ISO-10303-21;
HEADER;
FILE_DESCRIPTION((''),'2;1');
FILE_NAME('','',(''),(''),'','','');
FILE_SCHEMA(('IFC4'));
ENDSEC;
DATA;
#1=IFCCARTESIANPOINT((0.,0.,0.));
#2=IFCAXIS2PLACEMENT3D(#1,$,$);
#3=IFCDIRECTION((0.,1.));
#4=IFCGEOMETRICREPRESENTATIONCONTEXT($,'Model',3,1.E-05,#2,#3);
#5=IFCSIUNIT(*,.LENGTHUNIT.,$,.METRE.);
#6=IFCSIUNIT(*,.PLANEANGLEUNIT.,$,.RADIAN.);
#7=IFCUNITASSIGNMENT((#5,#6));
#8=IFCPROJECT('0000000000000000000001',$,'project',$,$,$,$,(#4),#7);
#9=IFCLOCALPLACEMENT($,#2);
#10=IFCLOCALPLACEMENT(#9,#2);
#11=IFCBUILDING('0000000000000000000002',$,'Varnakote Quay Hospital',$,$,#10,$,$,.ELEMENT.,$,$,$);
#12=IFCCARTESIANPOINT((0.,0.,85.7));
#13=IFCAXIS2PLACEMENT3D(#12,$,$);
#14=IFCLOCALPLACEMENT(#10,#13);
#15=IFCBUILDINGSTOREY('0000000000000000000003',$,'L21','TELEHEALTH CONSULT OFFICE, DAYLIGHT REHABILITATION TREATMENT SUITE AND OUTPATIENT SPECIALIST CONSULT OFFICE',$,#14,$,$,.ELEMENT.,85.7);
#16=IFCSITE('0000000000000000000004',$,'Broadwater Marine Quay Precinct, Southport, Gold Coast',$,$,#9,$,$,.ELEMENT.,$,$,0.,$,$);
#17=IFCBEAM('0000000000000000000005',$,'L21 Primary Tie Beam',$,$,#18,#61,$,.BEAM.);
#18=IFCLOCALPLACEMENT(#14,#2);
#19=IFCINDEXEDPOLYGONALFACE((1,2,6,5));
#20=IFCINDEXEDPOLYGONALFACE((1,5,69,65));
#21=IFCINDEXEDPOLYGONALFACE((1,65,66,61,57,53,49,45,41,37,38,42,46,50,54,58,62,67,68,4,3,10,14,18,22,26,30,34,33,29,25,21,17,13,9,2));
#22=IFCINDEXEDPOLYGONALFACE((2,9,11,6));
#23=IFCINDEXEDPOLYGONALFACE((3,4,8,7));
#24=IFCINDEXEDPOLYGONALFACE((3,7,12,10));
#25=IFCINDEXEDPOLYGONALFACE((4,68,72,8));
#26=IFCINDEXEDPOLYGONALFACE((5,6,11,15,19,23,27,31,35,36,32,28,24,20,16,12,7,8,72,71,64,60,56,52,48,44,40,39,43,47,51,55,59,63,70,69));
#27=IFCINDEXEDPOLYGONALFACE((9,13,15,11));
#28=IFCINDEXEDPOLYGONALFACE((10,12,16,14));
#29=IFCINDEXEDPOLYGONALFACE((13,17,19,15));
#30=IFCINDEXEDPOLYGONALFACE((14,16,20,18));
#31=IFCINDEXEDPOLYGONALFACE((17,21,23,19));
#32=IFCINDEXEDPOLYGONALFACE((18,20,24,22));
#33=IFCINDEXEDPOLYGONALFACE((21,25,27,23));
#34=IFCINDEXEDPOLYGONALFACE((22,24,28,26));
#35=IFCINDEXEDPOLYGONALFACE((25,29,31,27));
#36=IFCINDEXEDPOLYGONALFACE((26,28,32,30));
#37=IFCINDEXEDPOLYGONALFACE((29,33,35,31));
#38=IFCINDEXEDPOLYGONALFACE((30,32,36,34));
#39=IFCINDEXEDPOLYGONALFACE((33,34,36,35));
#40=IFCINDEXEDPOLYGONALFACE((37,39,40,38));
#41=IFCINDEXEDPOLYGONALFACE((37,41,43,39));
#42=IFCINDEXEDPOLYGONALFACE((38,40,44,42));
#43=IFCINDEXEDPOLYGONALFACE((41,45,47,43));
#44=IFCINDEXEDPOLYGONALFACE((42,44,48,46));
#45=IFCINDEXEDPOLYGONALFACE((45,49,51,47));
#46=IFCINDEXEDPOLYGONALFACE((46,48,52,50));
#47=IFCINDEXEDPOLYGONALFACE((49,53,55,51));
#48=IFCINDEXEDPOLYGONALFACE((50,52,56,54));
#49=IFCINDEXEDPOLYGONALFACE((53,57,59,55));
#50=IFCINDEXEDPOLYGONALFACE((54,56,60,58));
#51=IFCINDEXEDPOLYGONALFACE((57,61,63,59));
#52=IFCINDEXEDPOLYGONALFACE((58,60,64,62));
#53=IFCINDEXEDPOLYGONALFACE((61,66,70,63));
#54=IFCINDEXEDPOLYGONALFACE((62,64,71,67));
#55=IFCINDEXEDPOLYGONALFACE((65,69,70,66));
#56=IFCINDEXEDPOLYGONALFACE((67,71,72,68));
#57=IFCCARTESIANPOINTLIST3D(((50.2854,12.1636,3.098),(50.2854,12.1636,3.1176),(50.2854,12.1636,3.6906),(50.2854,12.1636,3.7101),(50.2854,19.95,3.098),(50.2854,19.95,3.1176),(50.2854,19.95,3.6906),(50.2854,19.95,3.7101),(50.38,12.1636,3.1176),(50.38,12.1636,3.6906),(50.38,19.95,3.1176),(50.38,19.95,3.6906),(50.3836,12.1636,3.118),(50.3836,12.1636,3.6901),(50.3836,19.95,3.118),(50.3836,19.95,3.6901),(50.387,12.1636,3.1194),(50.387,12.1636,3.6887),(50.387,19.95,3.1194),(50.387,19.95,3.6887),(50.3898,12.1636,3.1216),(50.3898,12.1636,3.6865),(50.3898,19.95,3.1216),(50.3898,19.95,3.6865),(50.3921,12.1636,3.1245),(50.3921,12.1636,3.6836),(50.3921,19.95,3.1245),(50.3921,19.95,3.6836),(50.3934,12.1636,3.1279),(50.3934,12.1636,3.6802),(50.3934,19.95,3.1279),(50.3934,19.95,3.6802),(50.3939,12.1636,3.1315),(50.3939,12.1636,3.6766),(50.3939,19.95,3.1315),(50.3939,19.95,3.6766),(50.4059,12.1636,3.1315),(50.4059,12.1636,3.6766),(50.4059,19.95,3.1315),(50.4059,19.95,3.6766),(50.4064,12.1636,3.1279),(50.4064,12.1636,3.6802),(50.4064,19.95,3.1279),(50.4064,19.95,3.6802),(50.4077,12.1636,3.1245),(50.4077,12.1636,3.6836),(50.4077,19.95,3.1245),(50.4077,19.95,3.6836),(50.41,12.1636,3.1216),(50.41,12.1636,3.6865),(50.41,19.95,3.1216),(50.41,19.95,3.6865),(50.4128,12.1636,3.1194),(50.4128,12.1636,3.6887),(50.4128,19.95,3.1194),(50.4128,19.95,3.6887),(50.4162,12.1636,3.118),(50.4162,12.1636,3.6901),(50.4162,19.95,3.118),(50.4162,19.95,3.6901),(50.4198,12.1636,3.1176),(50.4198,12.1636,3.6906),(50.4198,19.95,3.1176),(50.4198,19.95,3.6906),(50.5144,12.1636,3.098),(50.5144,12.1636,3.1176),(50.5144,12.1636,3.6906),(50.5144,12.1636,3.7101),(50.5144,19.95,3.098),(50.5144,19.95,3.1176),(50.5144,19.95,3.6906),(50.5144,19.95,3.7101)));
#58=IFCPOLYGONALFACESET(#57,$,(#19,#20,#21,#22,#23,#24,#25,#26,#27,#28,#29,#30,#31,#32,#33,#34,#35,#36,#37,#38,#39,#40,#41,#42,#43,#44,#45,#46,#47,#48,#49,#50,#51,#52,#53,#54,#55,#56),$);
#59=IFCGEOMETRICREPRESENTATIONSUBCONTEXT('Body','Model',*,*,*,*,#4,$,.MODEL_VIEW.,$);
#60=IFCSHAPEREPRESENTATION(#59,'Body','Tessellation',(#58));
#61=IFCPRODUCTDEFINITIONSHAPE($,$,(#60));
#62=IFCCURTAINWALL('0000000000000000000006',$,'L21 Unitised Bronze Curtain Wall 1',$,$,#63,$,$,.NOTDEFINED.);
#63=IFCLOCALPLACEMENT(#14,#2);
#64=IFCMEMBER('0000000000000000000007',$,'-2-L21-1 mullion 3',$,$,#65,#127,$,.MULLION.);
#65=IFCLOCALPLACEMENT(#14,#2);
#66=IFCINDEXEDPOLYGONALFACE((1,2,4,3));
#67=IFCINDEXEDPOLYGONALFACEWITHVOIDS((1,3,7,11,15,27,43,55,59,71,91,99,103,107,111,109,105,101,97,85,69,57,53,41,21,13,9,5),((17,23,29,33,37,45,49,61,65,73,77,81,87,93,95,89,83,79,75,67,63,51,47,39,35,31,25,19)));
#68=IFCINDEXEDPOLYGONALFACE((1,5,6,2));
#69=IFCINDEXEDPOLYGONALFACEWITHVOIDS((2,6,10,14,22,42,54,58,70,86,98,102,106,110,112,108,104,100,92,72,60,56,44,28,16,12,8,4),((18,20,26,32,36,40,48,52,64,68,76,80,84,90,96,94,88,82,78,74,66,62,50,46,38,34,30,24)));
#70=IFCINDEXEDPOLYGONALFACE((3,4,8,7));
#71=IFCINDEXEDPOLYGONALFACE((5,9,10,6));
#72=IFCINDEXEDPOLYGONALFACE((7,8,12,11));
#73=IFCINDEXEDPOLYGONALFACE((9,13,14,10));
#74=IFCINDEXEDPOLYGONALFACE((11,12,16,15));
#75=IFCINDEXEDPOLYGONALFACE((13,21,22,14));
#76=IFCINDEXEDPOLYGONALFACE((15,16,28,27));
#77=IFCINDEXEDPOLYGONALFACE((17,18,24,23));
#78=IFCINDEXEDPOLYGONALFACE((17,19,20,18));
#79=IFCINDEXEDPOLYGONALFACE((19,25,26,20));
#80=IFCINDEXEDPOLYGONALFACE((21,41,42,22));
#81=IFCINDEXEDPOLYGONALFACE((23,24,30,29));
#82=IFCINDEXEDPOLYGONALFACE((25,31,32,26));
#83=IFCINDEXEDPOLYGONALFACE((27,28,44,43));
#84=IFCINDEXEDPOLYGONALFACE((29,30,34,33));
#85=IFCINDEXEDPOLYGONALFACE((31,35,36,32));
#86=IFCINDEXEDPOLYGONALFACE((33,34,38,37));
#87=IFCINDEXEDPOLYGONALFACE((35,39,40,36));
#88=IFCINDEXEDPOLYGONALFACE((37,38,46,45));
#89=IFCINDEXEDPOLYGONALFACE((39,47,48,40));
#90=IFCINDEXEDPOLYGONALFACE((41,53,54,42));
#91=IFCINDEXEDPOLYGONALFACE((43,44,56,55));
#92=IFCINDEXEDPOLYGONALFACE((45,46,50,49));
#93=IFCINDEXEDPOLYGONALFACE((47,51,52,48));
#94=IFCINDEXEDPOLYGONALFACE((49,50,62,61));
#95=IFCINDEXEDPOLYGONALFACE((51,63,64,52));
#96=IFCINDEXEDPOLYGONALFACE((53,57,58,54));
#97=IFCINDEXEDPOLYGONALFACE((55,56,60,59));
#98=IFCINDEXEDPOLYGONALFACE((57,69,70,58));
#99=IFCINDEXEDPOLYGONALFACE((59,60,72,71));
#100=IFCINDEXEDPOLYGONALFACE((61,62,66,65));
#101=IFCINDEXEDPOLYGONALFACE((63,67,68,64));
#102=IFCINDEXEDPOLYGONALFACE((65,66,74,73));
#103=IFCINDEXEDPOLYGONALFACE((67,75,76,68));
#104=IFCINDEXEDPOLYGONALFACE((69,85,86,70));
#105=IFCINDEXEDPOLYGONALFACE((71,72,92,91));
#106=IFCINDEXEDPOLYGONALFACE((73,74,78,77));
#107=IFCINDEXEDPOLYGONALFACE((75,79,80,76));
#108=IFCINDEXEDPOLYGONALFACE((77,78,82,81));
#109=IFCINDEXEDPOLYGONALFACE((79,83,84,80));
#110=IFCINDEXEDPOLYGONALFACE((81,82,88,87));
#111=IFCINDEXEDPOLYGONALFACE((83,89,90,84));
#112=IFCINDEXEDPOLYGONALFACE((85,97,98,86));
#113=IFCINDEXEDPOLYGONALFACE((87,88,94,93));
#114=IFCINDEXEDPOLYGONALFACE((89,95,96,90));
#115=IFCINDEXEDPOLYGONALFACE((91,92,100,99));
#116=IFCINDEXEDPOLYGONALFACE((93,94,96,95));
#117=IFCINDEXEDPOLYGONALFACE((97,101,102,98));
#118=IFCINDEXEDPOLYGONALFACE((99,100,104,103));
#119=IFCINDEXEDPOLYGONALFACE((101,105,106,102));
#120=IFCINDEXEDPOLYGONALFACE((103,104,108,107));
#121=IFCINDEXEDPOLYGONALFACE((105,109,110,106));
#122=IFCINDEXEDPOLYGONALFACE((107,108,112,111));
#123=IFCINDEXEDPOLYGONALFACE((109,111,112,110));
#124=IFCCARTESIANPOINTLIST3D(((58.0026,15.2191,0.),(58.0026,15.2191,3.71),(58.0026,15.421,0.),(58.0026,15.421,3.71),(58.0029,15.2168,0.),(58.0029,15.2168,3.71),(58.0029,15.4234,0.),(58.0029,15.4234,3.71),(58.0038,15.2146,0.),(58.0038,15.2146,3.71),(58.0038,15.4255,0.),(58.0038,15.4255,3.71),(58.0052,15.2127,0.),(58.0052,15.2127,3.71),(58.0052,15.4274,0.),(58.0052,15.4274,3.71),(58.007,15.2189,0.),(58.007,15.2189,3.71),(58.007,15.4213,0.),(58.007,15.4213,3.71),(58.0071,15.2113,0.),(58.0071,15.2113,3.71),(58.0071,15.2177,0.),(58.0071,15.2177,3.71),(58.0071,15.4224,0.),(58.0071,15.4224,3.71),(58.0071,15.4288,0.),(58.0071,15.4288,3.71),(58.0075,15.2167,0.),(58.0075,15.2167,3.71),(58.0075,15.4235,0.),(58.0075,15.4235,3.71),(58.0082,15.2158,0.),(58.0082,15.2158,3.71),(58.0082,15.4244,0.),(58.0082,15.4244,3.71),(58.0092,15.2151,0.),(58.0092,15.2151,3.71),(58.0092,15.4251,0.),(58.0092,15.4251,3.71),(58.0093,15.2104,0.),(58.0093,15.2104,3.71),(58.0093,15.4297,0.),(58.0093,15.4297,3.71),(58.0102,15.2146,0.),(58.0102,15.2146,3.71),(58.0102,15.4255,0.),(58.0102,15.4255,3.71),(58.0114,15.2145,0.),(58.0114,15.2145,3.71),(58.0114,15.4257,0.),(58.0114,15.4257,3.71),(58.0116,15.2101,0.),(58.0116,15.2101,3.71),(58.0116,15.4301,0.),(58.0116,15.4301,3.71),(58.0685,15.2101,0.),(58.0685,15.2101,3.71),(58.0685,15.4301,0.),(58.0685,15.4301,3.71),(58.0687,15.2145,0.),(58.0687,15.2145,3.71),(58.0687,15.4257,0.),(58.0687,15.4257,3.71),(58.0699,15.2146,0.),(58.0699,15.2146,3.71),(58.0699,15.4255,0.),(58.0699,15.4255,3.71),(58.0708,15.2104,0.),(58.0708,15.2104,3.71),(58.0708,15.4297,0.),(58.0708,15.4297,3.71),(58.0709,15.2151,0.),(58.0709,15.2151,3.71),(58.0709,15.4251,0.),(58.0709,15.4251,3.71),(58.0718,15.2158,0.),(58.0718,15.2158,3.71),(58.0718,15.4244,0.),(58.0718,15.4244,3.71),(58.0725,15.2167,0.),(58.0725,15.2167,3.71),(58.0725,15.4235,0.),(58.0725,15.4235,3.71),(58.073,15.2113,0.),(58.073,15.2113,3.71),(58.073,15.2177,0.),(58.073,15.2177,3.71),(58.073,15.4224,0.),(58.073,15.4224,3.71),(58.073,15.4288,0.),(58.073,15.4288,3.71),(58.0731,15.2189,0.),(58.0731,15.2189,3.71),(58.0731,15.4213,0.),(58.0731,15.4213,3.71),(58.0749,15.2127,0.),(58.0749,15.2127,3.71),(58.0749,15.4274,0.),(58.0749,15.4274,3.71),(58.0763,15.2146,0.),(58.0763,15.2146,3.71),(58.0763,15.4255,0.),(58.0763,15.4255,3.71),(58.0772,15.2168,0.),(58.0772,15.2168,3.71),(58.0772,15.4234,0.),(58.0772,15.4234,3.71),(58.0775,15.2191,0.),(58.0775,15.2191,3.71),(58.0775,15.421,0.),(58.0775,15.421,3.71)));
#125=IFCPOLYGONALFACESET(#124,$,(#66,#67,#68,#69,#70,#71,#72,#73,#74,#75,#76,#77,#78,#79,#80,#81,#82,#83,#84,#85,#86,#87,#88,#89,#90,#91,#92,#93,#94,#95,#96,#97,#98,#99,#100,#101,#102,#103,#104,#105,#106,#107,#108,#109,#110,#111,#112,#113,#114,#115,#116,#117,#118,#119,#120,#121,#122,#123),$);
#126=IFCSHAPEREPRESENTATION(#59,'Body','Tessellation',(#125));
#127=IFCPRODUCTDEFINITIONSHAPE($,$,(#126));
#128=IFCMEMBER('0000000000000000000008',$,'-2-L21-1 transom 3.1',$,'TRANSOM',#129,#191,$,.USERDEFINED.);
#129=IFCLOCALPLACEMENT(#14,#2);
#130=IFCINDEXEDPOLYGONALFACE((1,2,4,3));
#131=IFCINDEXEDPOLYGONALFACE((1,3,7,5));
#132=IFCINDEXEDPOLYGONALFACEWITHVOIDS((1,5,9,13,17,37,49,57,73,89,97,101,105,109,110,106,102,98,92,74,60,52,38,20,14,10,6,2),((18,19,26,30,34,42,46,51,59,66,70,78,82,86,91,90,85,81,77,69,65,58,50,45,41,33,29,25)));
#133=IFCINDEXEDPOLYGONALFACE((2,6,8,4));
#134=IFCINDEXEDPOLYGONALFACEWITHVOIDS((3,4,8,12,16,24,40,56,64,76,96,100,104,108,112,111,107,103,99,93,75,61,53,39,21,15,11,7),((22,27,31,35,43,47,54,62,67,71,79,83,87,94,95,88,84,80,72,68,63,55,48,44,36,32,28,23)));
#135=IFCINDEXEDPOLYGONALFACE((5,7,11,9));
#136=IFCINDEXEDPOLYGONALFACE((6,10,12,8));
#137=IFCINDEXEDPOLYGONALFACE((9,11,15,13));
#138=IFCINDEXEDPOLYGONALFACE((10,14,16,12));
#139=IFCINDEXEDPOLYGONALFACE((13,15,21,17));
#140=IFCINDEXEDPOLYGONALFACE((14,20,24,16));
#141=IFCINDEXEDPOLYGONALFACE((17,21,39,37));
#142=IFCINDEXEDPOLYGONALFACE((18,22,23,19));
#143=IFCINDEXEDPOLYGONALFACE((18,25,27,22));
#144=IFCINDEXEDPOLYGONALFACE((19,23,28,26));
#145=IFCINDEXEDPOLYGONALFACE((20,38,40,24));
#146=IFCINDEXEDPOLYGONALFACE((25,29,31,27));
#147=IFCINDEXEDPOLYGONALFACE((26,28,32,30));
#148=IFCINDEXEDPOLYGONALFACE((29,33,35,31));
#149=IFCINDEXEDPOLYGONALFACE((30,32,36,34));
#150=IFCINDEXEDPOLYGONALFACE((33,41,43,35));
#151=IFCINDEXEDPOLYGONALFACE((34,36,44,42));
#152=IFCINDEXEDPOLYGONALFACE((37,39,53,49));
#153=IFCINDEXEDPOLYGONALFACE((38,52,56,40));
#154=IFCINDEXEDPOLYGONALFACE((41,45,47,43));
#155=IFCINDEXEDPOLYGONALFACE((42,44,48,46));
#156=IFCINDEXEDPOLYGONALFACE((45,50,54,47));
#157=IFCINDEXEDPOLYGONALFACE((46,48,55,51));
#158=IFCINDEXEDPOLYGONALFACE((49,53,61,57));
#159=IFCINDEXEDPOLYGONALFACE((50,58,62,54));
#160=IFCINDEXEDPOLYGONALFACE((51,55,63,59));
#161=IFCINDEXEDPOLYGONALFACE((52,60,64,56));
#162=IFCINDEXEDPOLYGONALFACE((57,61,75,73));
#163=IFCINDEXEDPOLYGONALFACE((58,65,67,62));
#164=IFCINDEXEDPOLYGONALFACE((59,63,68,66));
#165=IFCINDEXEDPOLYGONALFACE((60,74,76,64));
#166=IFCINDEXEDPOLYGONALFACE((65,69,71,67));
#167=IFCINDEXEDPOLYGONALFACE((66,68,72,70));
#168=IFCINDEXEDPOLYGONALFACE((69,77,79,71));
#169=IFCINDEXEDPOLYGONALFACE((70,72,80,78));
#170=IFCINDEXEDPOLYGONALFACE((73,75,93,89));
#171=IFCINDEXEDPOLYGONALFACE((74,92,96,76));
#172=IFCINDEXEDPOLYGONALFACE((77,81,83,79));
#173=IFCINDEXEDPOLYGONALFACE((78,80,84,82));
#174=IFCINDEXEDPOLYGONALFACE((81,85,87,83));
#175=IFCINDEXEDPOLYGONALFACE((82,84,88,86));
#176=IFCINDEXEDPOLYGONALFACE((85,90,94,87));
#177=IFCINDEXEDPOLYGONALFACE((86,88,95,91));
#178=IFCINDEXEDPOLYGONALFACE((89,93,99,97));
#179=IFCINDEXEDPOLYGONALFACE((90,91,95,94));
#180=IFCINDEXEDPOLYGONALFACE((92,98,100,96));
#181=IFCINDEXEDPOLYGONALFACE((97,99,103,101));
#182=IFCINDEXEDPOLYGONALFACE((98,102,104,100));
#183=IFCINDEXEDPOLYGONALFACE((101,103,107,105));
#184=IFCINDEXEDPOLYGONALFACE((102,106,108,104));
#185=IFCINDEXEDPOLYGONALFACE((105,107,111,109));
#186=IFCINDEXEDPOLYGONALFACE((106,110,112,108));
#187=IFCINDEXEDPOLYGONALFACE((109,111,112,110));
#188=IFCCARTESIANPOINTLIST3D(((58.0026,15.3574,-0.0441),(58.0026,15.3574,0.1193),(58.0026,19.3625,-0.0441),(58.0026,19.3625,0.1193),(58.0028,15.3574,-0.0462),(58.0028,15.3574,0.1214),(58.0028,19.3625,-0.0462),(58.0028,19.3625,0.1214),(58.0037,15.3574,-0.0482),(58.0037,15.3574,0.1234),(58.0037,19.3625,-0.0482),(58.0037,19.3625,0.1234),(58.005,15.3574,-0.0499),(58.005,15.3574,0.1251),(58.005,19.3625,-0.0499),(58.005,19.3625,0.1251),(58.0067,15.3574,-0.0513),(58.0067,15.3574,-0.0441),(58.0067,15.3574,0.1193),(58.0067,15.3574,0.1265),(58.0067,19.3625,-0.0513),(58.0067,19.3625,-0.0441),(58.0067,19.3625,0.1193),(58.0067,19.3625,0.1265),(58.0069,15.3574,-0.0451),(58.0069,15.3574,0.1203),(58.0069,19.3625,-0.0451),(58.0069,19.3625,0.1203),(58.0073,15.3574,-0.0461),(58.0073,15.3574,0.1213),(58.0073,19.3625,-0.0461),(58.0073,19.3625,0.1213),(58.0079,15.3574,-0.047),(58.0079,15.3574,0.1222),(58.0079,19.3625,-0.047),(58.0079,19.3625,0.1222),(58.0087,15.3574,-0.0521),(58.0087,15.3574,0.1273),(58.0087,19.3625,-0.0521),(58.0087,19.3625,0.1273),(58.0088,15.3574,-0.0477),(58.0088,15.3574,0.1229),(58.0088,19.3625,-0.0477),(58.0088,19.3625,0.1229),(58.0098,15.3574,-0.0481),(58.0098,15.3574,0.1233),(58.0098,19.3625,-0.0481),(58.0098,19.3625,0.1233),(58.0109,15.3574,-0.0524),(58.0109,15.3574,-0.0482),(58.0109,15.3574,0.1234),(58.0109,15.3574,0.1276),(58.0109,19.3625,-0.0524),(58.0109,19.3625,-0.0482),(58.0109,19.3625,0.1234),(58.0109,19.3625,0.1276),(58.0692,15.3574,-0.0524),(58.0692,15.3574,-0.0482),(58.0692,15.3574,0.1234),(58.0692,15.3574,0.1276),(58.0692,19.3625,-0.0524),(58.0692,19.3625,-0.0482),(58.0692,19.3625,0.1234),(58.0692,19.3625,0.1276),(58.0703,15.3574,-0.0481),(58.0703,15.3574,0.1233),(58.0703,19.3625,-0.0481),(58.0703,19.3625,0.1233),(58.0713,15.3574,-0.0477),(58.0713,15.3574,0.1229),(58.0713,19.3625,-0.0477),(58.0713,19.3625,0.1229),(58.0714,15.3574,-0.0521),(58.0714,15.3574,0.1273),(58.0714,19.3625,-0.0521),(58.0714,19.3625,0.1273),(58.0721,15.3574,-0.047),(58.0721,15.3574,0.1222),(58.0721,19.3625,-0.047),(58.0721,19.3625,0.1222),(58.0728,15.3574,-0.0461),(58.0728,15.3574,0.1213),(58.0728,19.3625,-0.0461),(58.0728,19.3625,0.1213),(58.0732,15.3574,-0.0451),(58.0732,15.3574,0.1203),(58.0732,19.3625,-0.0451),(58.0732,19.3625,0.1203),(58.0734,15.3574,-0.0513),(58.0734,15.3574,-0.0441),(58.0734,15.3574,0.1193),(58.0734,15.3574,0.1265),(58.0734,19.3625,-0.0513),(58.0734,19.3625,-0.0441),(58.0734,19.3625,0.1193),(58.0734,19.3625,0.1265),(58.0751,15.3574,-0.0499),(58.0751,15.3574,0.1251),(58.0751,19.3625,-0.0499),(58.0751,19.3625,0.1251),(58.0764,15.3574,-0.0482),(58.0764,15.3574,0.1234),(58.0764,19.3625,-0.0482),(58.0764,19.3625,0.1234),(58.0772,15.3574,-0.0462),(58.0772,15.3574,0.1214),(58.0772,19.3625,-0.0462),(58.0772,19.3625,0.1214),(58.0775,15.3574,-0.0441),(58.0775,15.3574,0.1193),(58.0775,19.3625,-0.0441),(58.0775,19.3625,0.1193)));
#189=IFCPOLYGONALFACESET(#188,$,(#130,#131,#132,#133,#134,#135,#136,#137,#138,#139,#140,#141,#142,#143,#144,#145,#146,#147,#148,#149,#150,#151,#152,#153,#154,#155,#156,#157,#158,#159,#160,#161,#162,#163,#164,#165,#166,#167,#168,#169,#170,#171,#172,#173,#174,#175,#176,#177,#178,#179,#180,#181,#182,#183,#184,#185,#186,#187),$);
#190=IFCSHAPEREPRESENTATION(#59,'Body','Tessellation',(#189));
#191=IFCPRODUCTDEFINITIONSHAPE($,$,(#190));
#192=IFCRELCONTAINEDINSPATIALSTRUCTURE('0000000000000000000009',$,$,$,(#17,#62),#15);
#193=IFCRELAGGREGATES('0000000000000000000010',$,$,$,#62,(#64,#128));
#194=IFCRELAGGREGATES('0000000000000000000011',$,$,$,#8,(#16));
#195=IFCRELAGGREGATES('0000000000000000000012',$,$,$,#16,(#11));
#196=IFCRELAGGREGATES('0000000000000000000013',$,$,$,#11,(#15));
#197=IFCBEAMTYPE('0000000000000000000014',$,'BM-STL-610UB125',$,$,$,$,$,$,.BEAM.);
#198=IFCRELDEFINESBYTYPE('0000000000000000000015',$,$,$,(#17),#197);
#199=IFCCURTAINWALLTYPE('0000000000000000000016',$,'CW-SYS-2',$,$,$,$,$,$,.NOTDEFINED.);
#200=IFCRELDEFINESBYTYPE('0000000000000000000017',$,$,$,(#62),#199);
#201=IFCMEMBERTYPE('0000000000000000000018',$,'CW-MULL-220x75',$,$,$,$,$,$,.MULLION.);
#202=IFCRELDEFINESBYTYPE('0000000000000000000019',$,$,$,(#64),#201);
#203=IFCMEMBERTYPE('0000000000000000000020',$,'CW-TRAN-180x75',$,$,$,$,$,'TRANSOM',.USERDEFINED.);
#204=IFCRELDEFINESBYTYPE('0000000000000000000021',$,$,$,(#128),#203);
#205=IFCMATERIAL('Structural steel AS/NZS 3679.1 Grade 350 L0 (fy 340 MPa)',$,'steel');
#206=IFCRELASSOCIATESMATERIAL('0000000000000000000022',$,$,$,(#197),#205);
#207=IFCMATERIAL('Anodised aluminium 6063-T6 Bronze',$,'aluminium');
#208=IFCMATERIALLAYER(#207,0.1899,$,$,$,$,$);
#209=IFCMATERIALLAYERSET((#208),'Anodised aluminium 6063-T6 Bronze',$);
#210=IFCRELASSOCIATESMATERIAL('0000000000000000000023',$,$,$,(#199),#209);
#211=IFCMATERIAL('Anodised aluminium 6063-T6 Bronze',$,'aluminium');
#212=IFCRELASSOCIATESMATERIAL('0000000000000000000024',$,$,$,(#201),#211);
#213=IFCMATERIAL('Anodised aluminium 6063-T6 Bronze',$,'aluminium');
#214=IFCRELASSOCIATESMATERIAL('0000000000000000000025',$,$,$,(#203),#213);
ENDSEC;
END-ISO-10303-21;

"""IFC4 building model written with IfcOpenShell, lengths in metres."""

from ifc_helpers import new_model, si_unit, direction, frame, origin, origin_2d, place, context, subcontext, project, spatial, hollow_rectangle, i_section, extrude, material, layer, layer_set, material_profile, profile_set, type_object, element, aggregate, save


model = new_model("IFC4")

# Units and contexts
model_context = context("Model", 3, precision=1e-05, world=origin(), true_north=direction((0.0, 1.0)))
body_context = subcontext(model_context, "Body", "Model", "MODEL_VIEW")
ifc_project = project(units=[si_unit("LENGTHUNIT", "METRE"), si_unit("PLANEANGLEUNIT", "RADIAN")], contexts=[model_context])

# Site, building, storey
site_placement = place(None, origin())
site = spatial("IfcSite", under=ifc_project, at=site_placement, Name="Broadwater Marine Quay Precinct, Southport, Gold Coast", CompositionType="ELEMENT", RefElevation=0.0)
building_placement = place(site_placement, origin())
building = spatial("IfcBuilding", under=site, at=building_placement, Name="Varnakote Quay Hospital", CompositionType="ELEMENT")
storey_placement = place(building_placement, frame((0.0, 0.0, 85.7)))
storey = spatial("IfcBuildingStorey", under=building, at=storey_placement, Name="L21", Description="TELEHEALTH CONSULT OFFICE, DAYLIGHT REHABILITATION TREATMENT SUITE AND OUTPATIENT SPECIALIST CONSULT OFFICE", CompositionType="ELEMENT", Elevation=85.7)

# Beam
ifc_material_1 = material(Name="Structural steel AS/NZS 3679.1 Grade 350 L0 (fy 340 MPa)", Category="steel")
ifc_material_profile_1 = material_profile(ifc_material_1, i_section(OverallWidth=0.229, OverallDepth=0.6121, WebThickness=0.012, FlangeThickness=0.0195, FilletRadius=0.0139, at=origin_2d()), Name="610UB125")
ifc_profile_set_1 = profile_set([ifc_material_profile_1], Name="Structural steel AS/NZS 3679.1 Grade 350 L0 (fy 340 MPa)")
beam_type = type_object("IfcBeamType", Name="BM-STL-610UB125", PredefinedType="BEAM", material=ifc_profile_set_1)
beam_placement = place(storey_placement, frame((50.3999, 12.1636, 3.4041), z_axis=(0.0, 1.0, 0.0), x_axis=(-1.0, 0.0, 0.0)))
element("IfcBeam", 1, at=beam_placement, inside=storey, type_object=beam_type, Name="L21 Primary Tie Beam", PredefinedType="BEAM", context=body_context, shape_type="SweptSolid", body=[
    extrude(i_section(OverallWidth=0.229, OverallDepth=0.6121, WebThickness=0.012, FlangeThickness=0.0195, FilletRadius=0.0139, at=origin_2d()), origin(), (0.0, 0.0, 1.0), 7.7864),
])

# Curtain wall, members
ifc_material_2 = material(Name="Anodised aluminium 6063-T6 Bronze", Category="aluminium")
ifc_layer_1 = layer(ifc_material_2, 0.1899)
ifc_layer_set_1 = layer_set([ifc_layer_1], Name="Anodised aluminium 6063-T6 Bronze")
curtain_wall_type = type_object("IfcCurtainWallType", Name="CW-SYS-2", PredefinedType="NOTDEFINED", material=ifc_layer_set_1)
curtain_wall_placement = place(storey_placement, origin())
curtain_wall = element("IfcCurtainWall", 2, at=curtain_wall_placement, inside=storey, type_object=curtain_wall_type, Name="L21 Unitised Bronze Curtain Wall 1", PredefinedType="NOTDEFINED")
ifc_material_3 = material(Name="Anodised aluminium 6063-T6 Bronze", Category="aluminium")
ifc_material_profile_2 = material_profile(ifc_material_3, hollow_rectangle(XDim=0.075, YDim=0.22, WallThickness=0.0044, InnerFilletRadius=0.0044, OuterFilletRadius=0.009, at=origin_2d()), Name="CW-MULL-220x75")
ifc_profile_set_2 = profile_set([ifc_material_profile_2], Name="Anodised aluminium 6063-T6 Bronze")
member_type_1 = type_object("IfcMemberType", Name="CW-MULL-220x75", PredefinedType="MULLION", material=ifc_profile_set_2)
member_1_placement = place(storey_placement, frame((58.04, 15.3201, 0.0), z_axis=(0.0, 0.0, 1.0), x_axis=(-1.0, 0.0, 0.0)))
member_1 = element("IfcMember", 3, at=member_1_placement, type_object=member_type_1, Name="-2-L21-1 mullion 3", PredefinedType="MULLION", context=body_context, shape_type="SweptSolid", body=[
    extrude(hollow_rectangle(XDim=0.075, YDim=0.22, WallThickness=0.0044, InnerFilletRadius=0.0044, OuterFilletRadius=0.009, at=origin_2d()), origin(), (0.0, 0.0, 1.0), 3.71),
])
ifc_material_4 = material(Name="Anodised aluminium 6063-T6 Bronze", Category="aluminium")
ifc_material_profile_3 = material_profile(ifc_material_4, hollow_rectangle(XDim=0.075, YDim=0.1799, WallThickness=0.0042, InnerFilletRadius=0.0042, OuterFilletRadius=0.0083, at=origin_2d()), Name="CW-TRAN-180x75")
ifc_profile_set_3 = profile_set([ifc_material_profile_3], Name="Anodised aluminium 6063-T6 Bronze")
member_type_2 = type_object("IfcMemberType", Name="CW-TRAN-180x75", ElementType="TRANSOM", PredefinedType="USERDEFINED", material=ifc_profile_set_3)
member_2_placement = place(storey_placement, frame((58.04, 15.3574, 0.0376), z_axis=(0.0, 1.0, 0.0), x_axis=(-1.0, 0.0, 0.0)))
member_2 = element("IfcMember", 4, at=member_2_placement, type_object=member_type_2, Name="-2-L21-1 transom 3.1", ObjectType="TRANSOM", PredefinedType="USERDEFINED", context=body_context, shape_type="SweptSolid", body=[
    extrude(hollow_rectangle(XDim=0.075, YDim=0.1799, WallThickness=0.0042, InnerFilletRadius=0.0042, OuterFilletRadius=0.0083, at=origin_2d()), origin(), (0.0, 0.0, 1.0), 4.0051),
])
aggregate(curtain_wall, [member_1, member_2])

save(model, "model.ifc")
